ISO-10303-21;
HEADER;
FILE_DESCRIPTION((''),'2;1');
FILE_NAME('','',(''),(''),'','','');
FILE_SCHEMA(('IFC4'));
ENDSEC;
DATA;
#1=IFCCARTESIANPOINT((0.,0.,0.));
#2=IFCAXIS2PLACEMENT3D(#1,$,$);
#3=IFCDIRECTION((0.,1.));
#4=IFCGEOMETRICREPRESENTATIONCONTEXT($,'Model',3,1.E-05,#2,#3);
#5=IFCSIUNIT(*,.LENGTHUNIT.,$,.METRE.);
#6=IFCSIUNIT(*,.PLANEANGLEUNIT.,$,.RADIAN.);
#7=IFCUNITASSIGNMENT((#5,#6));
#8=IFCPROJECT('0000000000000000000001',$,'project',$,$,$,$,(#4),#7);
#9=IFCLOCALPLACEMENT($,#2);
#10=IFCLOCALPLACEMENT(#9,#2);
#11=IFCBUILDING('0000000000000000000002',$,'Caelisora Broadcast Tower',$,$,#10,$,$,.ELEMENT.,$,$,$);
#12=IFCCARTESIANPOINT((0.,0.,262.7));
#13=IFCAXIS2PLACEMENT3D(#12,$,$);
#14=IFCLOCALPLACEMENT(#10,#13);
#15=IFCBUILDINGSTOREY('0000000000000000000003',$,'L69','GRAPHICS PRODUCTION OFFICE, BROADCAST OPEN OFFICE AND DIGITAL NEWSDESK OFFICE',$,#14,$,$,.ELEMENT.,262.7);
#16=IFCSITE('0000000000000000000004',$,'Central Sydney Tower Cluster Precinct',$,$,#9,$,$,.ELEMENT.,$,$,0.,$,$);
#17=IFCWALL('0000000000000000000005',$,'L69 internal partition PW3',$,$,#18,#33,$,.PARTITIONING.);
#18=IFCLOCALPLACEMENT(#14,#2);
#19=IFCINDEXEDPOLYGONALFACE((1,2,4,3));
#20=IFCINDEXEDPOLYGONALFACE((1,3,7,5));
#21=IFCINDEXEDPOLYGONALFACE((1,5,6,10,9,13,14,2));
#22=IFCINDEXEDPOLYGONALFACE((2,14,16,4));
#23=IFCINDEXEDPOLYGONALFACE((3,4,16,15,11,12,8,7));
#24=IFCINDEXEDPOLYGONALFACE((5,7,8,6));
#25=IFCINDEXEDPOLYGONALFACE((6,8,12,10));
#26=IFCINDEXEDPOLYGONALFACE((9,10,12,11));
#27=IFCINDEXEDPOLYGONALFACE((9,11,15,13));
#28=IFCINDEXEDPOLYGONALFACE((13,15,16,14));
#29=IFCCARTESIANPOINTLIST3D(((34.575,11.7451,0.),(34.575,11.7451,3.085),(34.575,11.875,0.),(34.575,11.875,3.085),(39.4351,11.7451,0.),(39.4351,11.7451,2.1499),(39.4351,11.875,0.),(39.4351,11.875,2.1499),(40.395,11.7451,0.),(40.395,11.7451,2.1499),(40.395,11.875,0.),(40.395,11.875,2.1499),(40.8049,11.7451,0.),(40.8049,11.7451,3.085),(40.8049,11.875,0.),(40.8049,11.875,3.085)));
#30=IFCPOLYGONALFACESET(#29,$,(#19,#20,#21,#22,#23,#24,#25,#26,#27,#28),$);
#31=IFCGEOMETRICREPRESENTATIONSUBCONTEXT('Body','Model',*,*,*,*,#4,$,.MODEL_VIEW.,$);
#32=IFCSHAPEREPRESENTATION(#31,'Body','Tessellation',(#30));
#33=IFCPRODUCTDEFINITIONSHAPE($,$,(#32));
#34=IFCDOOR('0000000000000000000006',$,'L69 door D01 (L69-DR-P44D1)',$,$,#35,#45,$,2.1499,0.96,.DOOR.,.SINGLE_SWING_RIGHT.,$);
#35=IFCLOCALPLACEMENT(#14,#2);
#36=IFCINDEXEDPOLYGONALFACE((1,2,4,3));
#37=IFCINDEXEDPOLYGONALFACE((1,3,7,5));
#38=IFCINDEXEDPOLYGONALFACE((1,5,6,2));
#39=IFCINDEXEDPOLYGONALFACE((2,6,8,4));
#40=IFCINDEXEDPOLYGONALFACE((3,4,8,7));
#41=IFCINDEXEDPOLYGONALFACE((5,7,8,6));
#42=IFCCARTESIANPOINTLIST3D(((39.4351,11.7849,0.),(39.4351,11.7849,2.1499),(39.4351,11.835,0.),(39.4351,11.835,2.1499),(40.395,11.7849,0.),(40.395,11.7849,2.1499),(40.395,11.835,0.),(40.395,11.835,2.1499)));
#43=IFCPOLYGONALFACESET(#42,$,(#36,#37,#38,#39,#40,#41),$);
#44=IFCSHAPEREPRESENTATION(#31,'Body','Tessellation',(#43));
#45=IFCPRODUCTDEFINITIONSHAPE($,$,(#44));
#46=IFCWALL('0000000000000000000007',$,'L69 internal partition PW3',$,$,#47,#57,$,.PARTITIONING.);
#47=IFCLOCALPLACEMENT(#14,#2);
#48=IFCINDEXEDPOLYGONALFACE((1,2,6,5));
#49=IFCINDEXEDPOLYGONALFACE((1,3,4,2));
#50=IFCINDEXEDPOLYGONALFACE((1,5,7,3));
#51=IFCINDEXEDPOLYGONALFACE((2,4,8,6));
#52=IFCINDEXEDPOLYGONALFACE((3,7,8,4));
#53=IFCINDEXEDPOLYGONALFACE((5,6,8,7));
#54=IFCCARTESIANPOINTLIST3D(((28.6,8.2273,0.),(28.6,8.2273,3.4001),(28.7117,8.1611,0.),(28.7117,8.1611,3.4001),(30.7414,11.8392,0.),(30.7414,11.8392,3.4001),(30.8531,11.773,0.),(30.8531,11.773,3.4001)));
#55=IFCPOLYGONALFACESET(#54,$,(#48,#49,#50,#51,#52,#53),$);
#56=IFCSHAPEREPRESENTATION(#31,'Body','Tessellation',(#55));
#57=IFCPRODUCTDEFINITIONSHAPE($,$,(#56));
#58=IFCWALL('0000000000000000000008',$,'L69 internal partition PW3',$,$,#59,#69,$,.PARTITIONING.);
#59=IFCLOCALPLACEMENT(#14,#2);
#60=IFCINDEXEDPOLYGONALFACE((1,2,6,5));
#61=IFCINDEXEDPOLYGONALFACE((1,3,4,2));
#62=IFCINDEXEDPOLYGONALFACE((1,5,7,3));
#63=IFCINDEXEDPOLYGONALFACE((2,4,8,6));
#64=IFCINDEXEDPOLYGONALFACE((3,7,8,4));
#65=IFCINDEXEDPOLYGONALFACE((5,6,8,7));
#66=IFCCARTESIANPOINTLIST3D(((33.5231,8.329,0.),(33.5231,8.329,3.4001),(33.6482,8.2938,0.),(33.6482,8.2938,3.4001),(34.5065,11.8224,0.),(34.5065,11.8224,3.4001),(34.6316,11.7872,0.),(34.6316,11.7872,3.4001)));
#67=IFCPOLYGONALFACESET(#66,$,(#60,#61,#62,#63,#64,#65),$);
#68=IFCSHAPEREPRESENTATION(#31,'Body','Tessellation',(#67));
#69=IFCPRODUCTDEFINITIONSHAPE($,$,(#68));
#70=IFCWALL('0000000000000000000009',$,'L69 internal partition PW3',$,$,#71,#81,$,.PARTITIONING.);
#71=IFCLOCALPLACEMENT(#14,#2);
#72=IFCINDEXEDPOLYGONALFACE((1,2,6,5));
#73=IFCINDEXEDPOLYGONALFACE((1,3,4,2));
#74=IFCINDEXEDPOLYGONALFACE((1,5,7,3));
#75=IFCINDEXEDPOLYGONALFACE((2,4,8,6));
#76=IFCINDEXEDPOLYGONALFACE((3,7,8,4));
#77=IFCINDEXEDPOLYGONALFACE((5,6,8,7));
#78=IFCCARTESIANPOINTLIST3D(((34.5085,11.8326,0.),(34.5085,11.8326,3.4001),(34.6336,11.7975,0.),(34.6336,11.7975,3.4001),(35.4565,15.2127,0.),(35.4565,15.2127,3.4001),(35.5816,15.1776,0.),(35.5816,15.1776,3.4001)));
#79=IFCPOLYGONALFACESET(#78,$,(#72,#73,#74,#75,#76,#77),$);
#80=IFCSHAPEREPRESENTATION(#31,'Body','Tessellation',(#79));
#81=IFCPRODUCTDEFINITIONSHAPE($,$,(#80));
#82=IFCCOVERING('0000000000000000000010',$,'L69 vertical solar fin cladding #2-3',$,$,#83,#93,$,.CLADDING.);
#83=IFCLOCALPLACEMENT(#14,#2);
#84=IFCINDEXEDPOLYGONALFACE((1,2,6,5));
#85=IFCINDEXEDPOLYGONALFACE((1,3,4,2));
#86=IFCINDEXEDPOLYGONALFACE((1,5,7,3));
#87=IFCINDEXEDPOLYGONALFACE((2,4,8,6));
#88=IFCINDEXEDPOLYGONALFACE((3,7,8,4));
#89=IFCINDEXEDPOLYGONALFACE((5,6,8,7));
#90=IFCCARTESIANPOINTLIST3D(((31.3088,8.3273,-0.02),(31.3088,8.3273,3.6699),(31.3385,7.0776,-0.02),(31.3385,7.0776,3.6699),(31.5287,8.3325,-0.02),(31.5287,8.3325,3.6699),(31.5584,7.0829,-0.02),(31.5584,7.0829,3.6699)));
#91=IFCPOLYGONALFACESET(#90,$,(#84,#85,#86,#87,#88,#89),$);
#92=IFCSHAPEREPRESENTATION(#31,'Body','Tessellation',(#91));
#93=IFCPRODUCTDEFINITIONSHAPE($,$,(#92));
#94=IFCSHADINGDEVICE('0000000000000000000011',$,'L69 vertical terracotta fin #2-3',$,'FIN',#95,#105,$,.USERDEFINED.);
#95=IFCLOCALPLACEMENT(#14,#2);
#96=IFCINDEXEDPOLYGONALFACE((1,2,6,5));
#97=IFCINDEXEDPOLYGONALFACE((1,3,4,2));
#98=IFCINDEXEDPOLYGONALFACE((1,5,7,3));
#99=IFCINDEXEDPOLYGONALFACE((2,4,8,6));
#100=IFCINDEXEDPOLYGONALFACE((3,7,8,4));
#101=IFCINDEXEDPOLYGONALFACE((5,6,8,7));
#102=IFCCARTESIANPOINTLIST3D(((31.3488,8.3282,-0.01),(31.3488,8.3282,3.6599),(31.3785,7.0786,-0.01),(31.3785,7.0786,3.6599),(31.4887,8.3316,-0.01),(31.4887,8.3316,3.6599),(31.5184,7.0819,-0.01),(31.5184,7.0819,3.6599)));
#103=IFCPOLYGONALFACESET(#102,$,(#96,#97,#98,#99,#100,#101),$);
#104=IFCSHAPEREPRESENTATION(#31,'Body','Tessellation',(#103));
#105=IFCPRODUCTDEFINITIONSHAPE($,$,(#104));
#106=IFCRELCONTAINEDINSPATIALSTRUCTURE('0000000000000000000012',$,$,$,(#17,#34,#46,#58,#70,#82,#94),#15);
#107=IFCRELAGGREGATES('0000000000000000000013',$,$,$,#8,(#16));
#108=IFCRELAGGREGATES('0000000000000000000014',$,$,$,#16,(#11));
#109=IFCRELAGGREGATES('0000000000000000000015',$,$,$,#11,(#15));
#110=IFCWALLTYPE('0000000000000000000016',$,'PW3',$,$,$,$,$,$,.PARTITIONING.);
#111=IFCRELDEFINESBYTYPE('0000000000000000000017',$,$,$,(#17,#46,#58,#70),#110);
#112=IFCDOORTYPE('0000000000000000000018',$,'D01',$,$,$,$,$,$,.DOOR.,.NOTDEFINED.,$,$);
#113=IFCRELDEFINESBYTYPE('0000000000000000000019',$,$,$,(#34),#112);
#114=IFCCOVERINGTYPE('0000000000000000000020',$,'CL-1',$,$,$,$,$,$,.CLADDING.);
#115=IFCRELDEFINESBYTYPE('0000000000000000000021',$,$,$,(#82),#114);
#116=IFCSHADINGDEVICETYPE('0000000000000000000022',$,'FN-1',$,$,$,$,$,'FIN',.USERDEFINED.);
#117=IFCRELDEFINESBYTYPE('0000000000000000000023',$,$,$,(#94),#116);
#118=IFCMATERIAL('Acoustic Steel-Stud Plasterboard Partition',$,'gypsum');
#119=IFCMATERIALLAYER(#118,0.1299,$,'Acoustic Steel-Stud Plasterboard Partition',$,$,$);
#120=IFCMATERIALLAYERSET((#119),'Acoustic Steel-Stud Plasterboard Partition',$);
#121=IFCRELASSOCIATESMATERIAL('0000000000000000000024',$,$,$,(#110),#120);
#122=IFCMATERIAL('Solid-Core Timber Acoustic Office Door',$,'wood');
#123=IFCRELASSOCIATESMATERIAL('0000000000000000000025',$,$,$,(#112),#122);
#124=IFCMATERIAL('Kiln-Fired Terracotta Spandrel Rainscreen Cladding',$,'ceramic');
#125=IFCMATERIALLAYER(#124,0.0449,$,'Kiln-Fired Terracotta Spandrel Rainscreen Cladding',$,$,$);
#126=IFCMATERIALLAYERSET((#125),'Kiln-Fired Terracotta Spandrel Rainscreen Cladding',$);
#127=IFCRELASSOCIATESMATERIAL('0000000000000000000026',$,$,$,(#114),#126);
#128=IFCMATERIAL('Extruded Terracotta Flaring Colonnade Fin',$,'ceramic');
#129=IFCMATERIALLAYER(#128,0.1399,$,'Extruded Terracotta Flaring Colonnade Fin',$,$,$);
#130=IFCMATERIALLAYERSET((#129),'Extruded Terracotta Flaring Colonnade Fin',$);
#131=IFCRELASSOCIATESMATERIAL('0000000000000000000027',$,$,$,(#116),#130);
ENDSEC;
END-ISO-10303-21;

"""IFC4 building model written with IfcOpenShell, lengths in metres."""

from ifc_helpers import new_model, si_unit, direction, frame, frame_2d, origin, origin_2d, place, context, subcontext, project, spatial, rectangle, extrude, source, transform, mapped, material, layer, layer_set, type_object, type_shapes, element, fill, save


model = new_model("IFC4")

# Units and contexts
model_context = context("Model", 3, precision=1e-05, world=origin(), true_north=direction((0.0, 1.0)))
body_context = subcontext(model_context, "Body", "Model", "MODEL_VIEW")
ifc_project = project(units=[si_unit("LENGTHUNIT", "METRE"), si_unit("PLANEANGLEUNIT", "RADIAN")], contexts=[model_context])

# Site, building, storey
site_placement = place(None, origin())
site = spatial("IfcSite", under=ifc_project, at=site_placement, Name="Central Sydney Tower Cluster Precinct", CompositionType="ELEMENT", RefElevation=0.0)
building_placement = place(site_placement, origin())
building = spatial("IfcBuilding", under=site, at=building_placement, Name="Caelisora Broadcast Tower", CompositionType="ELEMENT")
storey_placement = place(building_placement, frame((0.0, 0.0, 262.7)))
storey = spatial("IfcBuildingStorey", under=building, at=storey_placement, Name="L69", Description="GRAPHICS PRODUCTION OFFICE, BROADCAST OPEN OFFICE AND DIGITAL NEWSDESK OFFICE", CompositionType="ELEMENT", Elevation=262.7)

# Wall, opening, door
ifc_material_1 = material(Name="Acoustic Steel-Stud Plasterboard Partition", Category="gypsum")
ifc_layer_1 = layer(ifc_material_1, 0.1299, Name="Acoustic Steel-Stud Plasterboard Partition")
ifc_layer_set_1 = layer_set([ifc_layer_1], Name="Acoustic Steel-Stud Plasterboard Partition")
wall_type = type_object("IfcWallType", Name="PW3", PredefinedType="PARTITIONING", material=ifc_layer_set_1)
wall_1_placement = place(storey_placement, frame((34.575, 11.8101, 0.0), z_axis=(0.0, 0.0, 1.0), x_axis=(1.0, 0.0, 0.0)))
wall_1 = element("IfcWall", 1, at=wall_1_placement, inside=storey, type_object=wall_type, Name="L69 internal partition PW3", PredefinedType="PARTITIONING", context=body_context, shape_type="SweptSolid", body=[
    extrude(rectangle(XDim=6.23, YDim=0.1299, at=frame_2d((3.115, 0.0))), origin(), (0.0, 0.0, 1.0), 3.085),
])
opening_1_placement = place(wall_1_placement, frame((4.8601, 0.0, 0.0)))
opening_1 = element("IfcOpeningElement", 2, at=opening_1_placement, cuts=wall_1, PredefinedType="OPENING", context=body_context, shape_type="SweptSolid", body=[
    extrude(rectangle(XDim=0.96, YDim=2.1499, at=frame_2d((0.48, 1.075))), frame((0.0, 0.0769, 0.0), z_axis=(0.0, -1.0, 0.0), x_axis=(1.0, 0.0, 0.0)), (0.0, 0.0, 1.0), 0.1538),
])
ifc_material_2 = material(Name="Solid-Core Timber Acoustic Office Door", Category="wood")
door_type = type_object("IfcDoorType", Name="D01", OperationType="NOTDEFINED", PredefinedType="DOOR", material=ifc_material_2)
door_1_placement = place(opening_1_placement, origin())
door_1 = element("IfcDoor", 3, at=door_1_placement, inside=storey, type_object=door_type, Name="L69 door D01 (L69-DR-P44D1)", OperationType="SINGLE_SWING_RIGHT", OverallHeight=2.1499, OverallWidth=0.96, PredefinedType="DOOR", context=body_context, shape_type="SweptSolid", body=[
    extrude(rectangle(XDim=0.96, YDim=2.1499, at=frame_2d((0.48, 1.075))), frame((0.0, 0.0249, 0.0), z_axis=(0.0, -1.0, 0.0), x_axis=(1.0, 0.0, 0.0)), (0.0, 0.0, 1.0), 0.05),
])
fill(opening_1, door_1)

# Wall
wall_2_placement = place(storey_placement, frame((28.6558, 8.1941, 0.0), z_axis=(0.0, 0.0, 1.0), x_axis=(0.509982, 0.860185, 0.0)))
element("IfcWall", 4, at=wall_2_placement, inside=storey, type_object=wall_type, Name="L69 internal partition PW3", PredefinedType="PARTITIONING", context=body_context, shape_type="SweptSolid", body=[
    extrude(rectangle(XDim=4.199, YDim=0.1299, at=frame_2d((2.0996, 0.0))), origin(), (0.0, 0.0, 1.0), 3.4001),
])

# Walls
wall_3_placement = place(storey_placement, frame((33.5857, 8.3115, 0.0), z_axis=(0.0, 0.0, 1.0), x_axis=(0.27097, 0.962588, 0.0)))
element("IfcWall", 5, at=wall_3_placement, inside=storey, type_object=wall_type, Name="L69 internal partition PW3", PredefinedType="PARTITIONING", context=body_context, shape_type="SweptSolid", body=[
    extrude(rectangle(XDim=3.6292, YDim=0.1299, at=frame_2d((1.8145, 0.0))), origin(), (0.0, 0.0, 1.0), 3.4001),
])
wall_4_placement = place(storey_placement, frame((34.571, 11.8149, 0.0), z_axis=(0.0, 0.0, 1.0), x_axis=(0.270043, 0.962848, 0.0)))
element("IfcWall", 6, at=wall_4_placement, inside=storey, type_object=wall_type, Name="L69 internal partition PW3", PredefinedType="PARTITIONING", context=body_context, shape_type="SweptSolid", body=[
    extrude(rectangle(XDim=3.5105, YDim=0.1299, at=frame_2d((1.7554, 0.0))), origin(), (0.0, 0.0, 1.0), 3.4001),
])

# Covering
ifc_material_3 = material(Name="Kiln-Fired Terracotta Spandrel Rainscreen Cladding", Category="ceramic")
ifc_layer_2 = layer(ifc_material_3, 0.0449, Name="Kiln-Fired Terracotta Spandrel Rainscreen Cladding")
ifc_layer_set_2 = layer_set([ifc_layer_2], Name="Kiln-Fired Terracotta Spandrel Rainscreen Cladding")
covering_type = type_object("IfcCoveringType", Name="CL-1", PredefinedType="CLADDING", material=ifc_layer_set_2)
shared_shape_1 = source(origin(), body_context, "Body", "SweptSolid", [
    extrude(rectangle(XDim=0.22, YDim=1.25, at=origin_2d()), origin(), (0.0, 0.0, 1.0), 3.6899),
])
type_shapes(covering_type, [shared_shape_1])
covering_placement = place(storey_placement, frame((31.4336, 7.7051, -0.02), z_axis=(0.0, 0.0, 1.0), x_axis=(-0.999718, -0.023734, 0.0)))
element("IfcCovering", 7, at=covering_placement, inside=storey, type_object=covering_type, Name="L69 vertical solar fin cladding #2-3", PredefinedType="CLADDING", context=body_context, shape_type="MappedRepresentation", body=[
    mapped(shared_shape_1, transform((0.0, 0.0, 0.0), scale=1.0)),
])

# Shading device
ifc_material_4 = material(Name="Extruded Terracotta Flaring Colonnade Fin", Category="ceramic")
ifc_layer_3 = layer(ifc_material_4, 0.1399, Name="Extruded Terracotta Flaring Colonnade Fin")
ifc_layer_set_3 = layer_set([ifc_layer_3], Name="Extruded Terracotta Flaring Colonnade Fin")
shading_device_type = type_object("IfcShadingDeviceType", Name="FN-1", ElementType="FIN", PredefinedType="USERDEFINED", material=ifc_layer_set_3)
shared_shape_2 = source(origin(), body_context, "Body", "SweptSolid", [
    extrude(rectangle(XDim=0.1399, YDim=1.25, at=origin_2d()), origin(), (0.0, 0.0, 1.0), 3.6699),
])
type_shapes(shading_device_type, [shared_shape_2])
shading_device_placement = place(storey_placement, frame((31.4336, 7.7051, -0.01), z_axis=(0.0, 0.0, 1.0), x_axis=(-0.999718, -0.023734, 0.0)))
element("IfcShadingDevice", 8, at=shading_device_placement, inside=storey, type_object=shading_device_type, Name="L69 vertical terracotta fin #2-3", ObjectType="FIN", PredefinedType="USERDEFINED", context=body_context, shape_type="MappedRepresentation", body=[
    mapped(shared_shape_2, transform((0.0, 0.0, 0.0), scale=1.0)),
])

save(model, "model.ifc")
